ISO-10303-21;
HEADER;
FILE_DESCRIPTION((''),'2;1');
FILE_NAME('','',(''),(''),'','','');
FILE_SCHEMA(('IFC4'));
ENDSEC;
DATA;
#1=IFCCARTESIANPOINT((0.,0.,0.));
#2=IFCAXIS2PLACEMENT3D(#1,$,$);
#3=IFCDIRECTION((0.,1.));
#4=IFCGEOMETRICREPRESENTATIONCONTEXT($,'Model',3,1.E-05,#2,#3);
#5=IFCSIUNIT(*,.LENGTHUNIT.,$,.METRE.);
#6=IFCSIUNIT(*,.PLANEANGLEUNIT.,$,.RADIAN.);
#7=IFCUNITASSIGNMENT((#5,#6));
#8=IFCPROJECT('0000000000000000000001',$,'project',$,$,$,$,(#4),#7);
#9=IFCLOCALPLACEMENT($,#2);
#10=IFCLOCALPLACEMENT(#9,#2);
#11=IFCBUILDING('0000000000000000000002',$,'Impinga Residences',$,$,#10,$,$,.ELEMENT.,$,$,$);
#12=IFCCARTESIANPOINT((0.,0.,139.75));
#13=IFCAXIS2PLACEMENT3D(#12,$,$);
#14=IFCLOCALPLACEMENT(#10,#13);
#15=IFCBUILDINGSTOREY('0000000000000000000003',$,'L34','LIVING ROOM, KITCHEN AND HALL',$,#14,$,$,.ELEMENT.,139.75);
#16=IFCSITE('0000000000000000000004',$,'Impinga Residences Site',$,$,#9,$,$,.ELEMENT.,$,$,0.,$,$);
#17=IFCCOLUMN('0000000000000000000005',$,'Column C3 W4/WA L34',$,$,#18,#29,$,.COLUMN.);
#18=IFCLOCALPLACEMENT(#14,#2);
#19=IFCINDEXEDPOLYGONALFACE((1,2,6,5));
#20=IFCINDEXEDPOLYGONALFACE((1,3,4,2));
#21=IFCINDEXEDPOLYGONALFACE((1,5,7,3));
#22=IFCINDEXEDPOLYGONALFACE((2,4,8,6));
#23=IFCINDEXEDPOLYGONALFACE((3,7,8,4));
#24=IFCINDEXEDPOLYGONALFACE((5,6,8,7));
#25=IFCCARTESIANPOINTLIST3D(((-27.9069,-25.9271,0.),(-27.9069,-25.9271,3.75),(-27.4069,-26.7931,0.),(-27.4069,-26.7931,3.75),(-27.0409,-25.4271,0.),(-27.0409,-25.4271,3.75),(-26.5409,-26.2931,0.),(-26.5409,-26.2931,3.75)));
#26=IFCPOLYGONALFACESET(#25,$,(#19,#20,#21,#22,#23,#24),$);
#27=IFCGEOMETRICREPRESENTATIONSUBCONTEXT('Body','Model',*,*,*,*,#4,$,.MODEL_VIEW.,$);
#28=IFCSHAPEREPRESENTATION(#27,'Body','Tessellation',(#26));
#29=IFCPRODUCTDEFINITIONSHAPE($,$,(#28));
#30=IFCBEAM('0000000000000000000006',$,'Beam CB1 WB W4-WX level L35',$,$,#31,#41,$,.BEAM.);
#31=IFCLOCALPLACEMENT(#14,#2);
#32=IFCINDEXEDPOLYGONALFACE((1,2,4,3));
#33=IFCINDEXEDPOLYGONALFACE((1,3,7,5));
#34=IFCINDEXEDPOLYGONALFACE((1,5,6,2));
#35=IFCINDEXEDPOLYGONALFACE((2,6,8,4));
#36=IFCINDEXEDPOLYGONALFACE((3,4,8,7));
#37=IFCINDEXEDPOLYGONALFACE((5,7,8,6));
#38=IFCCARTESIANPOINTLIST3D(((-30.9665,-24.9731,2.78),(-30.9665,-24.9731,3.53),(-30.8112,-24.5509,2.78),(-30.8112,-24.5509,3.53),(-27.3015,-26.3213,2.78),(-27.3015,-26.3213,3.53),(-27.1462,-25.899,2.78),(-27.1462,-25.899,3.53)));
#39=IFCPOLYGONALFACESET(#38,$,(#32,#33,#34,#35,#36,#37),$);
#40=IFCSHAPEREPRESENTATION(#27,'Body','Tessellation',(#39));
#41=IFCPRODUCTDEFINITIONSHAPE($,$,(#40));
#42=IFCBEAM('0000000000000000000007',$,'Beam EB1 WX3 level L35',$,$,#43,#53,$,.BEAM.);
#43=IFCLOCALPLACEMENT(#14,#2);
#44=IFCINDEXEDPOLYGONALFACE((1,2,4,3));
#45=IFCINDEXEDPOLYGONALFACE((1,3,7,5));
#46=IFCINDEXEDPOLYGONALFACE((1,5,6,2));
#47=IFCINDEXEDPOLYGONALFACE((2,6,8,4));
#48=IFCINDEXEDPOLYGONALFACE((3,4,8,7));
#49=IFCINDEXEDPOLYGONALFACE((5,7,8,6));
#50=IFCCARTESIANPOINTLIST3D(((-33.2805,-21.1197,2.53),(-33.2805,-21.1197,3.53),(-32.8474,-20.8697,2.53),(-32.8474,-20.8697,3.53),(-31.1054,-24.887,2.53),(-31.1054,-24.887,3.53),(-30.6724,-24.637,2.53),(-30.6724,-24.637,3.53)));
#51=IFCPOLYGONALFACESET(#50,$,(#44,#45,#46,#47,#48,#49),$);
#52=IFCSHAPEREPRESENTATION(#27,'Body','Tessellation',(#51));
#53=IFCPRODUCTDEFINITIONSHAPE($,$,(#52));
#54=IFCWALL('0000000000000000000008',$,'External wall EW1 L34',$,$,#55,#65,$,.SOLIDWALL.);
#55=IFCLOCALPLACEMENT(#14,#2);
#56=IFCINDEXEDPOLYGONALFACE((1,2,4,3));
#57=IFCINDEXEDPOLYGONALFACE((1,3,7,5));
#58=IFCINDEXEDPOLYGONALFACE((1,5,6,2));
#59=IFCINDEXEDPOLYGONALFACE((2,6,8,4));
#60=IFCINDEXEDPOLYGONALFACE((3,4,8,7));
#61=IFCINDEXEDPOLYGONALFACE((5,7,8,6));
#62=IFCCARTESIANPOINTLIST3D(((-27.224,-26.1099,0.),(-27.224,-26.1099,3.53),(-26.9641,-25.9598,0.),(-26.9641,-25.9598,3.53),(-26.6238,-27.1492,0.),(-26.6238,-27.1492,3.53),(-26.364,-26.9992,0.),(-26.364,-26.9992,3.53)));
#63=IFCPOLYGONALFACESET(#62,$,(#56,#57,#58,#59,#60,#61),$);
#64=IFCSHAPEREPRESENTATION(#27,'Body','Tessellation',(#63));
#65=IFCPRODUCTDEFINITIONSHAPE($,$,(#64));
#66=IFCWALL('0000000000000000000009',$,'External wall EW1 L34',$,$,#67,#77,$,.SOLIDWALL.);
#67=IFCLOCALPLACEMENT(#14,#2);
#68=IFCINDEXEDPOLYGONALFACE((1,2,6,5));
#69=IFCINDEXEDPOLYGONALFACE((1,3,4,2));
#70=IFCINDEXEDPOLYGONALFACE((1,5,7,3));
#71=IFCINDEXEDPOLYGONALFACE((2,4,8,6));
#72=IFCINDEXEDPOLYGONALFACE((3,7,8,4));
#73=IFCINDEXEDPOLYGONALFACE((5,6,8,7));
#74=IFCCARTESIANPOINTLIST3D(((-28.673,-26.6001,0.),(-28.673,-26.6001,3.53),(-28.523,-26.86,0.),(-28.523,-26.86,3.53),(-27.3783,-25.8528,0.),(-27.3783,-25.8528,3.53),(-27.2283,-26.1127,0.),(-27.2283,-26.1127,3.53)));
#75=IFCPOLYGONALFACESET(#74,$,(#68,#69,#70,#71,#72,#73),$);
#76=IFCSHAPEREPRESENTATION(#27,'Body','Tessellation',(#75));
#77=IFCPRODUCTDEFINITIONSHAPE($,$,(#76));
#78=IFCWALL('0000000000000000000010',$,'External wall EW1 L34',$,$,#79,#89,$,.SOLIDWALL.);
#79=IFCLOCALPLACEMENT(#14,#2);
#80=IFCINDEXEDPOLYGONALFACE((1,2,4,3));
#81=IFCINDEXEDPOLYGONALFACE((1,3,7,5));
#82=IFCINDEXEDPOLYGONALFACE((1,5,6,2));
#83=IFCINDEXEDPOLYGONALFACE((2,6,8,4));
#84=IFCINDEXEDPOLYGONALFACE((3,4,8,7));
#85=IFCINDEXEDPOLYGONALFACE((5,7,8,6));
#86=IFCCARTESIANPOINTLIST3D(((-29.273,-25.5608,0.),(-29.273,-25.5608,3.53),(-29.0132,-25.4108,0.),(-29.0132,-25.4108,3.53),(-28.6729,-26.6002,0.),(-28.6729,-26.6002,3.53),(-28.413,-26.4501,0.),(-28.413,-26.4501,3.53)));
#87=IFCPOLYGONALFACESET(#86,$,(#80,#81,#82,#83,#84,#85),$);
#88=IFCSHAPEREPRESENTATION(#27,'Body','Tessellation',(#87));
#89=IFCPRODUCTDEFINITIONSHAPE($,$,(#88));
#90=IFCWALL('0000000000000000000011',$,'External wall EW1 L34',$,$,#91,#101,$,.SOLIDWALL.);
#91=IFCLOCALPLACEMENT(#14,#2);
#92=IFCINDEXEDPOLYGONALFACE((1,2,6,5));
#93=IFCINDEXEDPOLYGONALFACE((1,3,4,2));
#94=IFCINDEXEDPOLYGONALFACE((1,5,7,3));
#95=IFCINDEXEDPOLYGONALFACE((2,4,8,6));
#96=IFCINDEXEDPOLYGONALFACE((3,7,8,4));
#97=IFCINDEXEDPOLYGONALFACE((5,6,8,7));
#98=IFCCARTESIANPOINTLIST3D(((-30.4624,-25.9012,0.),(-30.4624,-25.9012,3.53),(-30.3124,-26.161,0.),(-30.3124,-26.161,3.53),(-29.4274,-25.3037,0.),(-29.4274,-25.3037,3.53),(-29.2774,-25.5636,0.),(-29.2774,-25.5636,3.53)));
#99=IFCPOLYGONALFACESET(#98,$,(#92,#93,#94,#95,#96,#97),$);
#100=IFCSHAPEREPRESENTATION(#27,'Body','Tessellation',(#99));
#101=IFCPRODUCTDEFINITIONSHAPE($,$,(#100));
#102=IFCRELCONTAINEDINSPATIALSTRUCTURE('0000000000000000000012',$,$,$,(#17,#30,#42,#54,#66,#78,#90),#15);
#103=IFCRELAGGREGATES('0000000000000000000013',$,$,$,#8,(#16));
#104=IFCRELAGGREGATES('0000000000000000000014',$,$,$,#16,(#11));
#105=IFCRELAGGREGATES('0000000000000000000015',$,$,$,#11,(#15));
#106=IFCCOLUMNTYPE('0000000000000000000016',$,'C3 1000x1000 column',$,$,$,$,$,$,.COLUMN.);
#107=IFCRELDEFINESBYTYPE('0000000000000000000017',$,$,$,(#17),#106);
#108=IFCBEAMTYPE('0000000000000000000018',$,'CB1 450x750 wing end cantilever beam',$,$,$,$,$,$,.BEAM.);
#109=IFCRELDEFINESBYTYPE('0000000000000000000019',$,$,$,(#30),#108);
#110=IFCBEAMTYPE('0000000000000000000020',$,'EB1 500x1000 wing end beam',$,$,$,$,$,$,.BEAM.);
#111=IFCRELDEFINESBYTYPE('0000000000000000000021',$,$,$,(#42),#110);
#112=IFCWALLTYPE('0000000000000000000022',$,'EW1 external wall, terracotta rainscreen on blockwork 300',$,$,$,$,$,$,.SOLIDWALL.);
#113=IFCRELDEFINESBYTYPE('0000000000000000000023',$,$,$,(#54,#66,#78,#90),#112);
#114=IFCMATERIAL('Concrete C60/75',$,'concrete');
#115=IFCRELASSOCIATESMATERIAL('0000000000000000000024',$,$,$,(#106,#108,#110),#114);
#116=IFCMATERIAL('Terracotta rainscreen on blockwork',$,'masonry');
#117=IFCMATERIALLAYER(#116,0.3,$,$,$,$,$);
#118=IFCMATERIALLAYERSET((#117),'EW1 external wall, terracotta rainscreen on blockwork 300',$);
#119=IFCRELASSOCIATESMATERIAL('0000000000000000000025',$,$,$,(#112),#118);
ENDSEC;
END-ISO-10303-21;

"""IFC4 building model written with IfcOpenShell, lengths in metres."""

from ifc_helpers import new_model, si_unit, direction, frame, frame_2d, origin, origin_2d, place, context, subcontext, project, spatial, rectangle, extrude, material, layer, layer_set, material_profile, profile_set, type_object, element, save


model = new_model("IFC4")

# Units and contexts
model_context = context("Model", 3, precision=1e-05, world=origin(), true_north=direction((0.0, 1.0)))
body_context = subcontext(model_context, "Body", "Model", "MODEL_VIEW")
ifc_project = project(units=[si_unit("LENGTHUNIT", "METRE"), si_unit("PLANEANGLEUNIT", "RADIAN")], contexts=[model_context])

# Site, building, storey
site_placement = place(None, origin())
site = spatial("IfcSite", under=ifc_project, at=site_placement, Name="Impinga Residences Site", CompositionType="ELEMENT", RefElevation=0.0)
building_placement = place(site_placement, origin())
building = spatial("IfcBuilding", under=site, at=building_placement, Name="Impinga Residences", CompositionType="ELEMENT")
storey_placement = place(building_placement, frame((0.0, 0.0, 139.75)))
storey = spatial("IfcBuildingStorey", under=building, at=storey_placement, Name="L34", Description="LIVING ROOM, KITCHEN AND HALL", CompositionType="ELEMENT", Elevation=139.75)

# Column
ifc_material_1 = material(Name="Concrete C60/75", Category="concrete")
ifc_material_profile_1 = material_profile(ifc_material_1, rectangle(XDim=1.0, YDim=1.0, at=origin_2d()), Name="RC 1000x1000")
ifc_profile_set_1 = profile_set([ifc_material_profile_1], Name="Concrete C60/75")
column_type = type_object("IfcColumnType", Name="C3 1000x1000 column", PredefinedType="COLUMN", material=ifc_profile_set_1)
column_placement = place(storey_placement, frame((-27.2239, -26.1101, 0.0), z_axis=(0.0, 0.0, 1.0), x_axis=(-0.5, 0.866025, 0.0)))
element("IfcColumn", 1, at=column_placement, inside=storey, type_object=column_type, Name="Column C3 W4/WA L34", PredefinedType="COLUMN", context=body_context, shape_type="SweptSolid", body=[
    extrude(rectangle(XDim=1.0, YDim=1.0, at=origin_2d()), origin(), (0.0, 0.0, 1.0), 3.75),
])

# Beams
ifc_material_profile_2 = material_profile(ifc_material_1, rectangle(XDim=0.45, YDim=0.75, at=origin_2d()), Name="RC 450x750")
ifc_profile_set_2 = profile_set([ifc_material_profile_2], Name="Concrete C60/75")
beam_type_1 = type_object("IfcBeamType", Name="CB1 450x750 wing end cantilever beam", PredefinedType="BEAM", material=ifc_profile_set_2)
beam_1_placement = place(storey_placement, frame((-27.2239, -26.1101, 3.155), z_axis=(-0.93852, 0.345224, 0.0), x_axis=(-0.345224, -0.93852, 0.0)))
element("IfcBeam", 2, at=beam_1_placement, inside=storey, type_object=beam_type_1, Name="Beam CB1 WB W4-WX level L35", PredefinedType="BEAM", context=body_context, shape_type="SweptSolid", body=[
    extrude(rectangle(XDim=0.45, YDim=0.75, at=origin_2d()), origin(), (0.0, 0.0, 1.0), 3.905),
])
ifc_material_profile_3 = material_profile(ifc_material_1, rectangle(XDim=0.5, YDim=1.0, at=origin_2d()), Name="RC 500x1000")
ifc_profile_set_3 = profile_set([ifc_material_profile_3], Name="Concrete C60/75")
beam_type_2 = type_object("IfcBeamType", Name="EB1 500x1000 wing end beam", PredefinedType="BEAM", material=ifc_profile_set_3)
beam_2_placement = place(storey_placement, frame((-30.8889, -24.762, 3.03), z_axis=(-0.499996, 0.866028, 0.0), x_axis=(-0.866028, -0.499996, 0.0)))
element("IfcBeam", 3, at=beam_2_placement, inside=storey, type_object=beam_type_2, Name="Beam EB1 WX3 level L35", PredefinedType="BEAM", context=body_context, shape_type="SweptSolid", body=[
    extrude(rectangle(XDim=0.5, YDim=1.0, at=origin_2d()), origin(), (0.0, 0.0, 1.0), 4.3501),
])

# Walls
ifc_material_2 = material(Name="Terracotta rainscreen on blockwork", Category="masonry")
ifc_layer_1 = layer(ifc_material_2, 0.3)
ifc_layer_set_1 = layer_set([ifc_layer_1], Name="EW1 external wall, terracotta rainscreen on blockwork 300")
wall_type_1 = type_object("IfcWallType", Name="EW1 external wall, terracotta rainscreen on blockwork 300", PredefinedType="SOLIDWALL", material=ifc_layer_set_1)
wall_1_placement = place(storey_placement, frame((-26.4939, -27.0742, 0.0), z_axis=(0.0, 0.0, 1.0), x_axis=(-0.500034, 0.866006, 0.0)))
element("IfcWall", 4, at=wall_1_placement, inside=storey, type_object=wall_type_1, Name="External wall EW1 L34", PredefinedType="SOLIDWALL", context=body_context, shape_type="SweptSolid", body=[
    extrude(rectangle(XDim=1.2002, YDim=0.3, at=frame_2d((0.6001, 0.0))), origin(), (0.0, 0.0, 1.0), 3.53),
])
wall_2_placement = place(storey_placement, frame((-27.3032, -25.9827, 0.0), z_axis=(0.0, 0.0, 1.0), x_axis=(-0.866074, -0.499916, 0.0)))
element("IfcWall", 5, at=wall_2_placement, inside=storey, type_object=wall_type_1, Name="External wall EW1 L34", PredefinedType="SOLIDWALL", context=body_context, shape_type="SweptSolid", body=[
    extrude(rectangle(XDim=1.4949, YDim=0.3, at=frame_2d((0.7476, 0.0))), origin(), (0.0, 0.0, 1.0), 3.53),
])
wall_3_placement = place(storey_placement, frame((-28.543, -26.5251, 0.0), z_axis=(0.0, 0.0, 1.0), x_axis=(-0.500034, 0.866006, 0.0)))
element("IfcWall", 6, at=wall_3_placement, inside=storey, type_object=wall_type_1, Name="External wall EW1 L34", PredefinedType="SOLIDWALL", context=body_context, shape_type="SweptSolid", body=[
    extrude(rectangle(XDim=1.2002, YDim=0.3, at=frame_2d((0.6001, 0.0))), origin(), (0.0, 0.0, 1.0), 3.53),
])
wall_4_placement = place(storey_placement, frame((-29.3523, -25.4336, 0.0), z_axis=(0.0, 0.0, 1.0), x_axis=(-0.86606, -0.499941, 0.0)))
element("IfcWall", 7, at=wall_4_placement, inside=storey, type_object=wall_type_1, Name="External wall EW1 L34", PredefinedType="SOLIDWALL", context=body_context, shape_type="SweptSolid", body=[
    extrude(rectangle(XDim=1.1951, YDim=0.3, at=frame_2d((0.5977, 0.0))), origin(), (0.0, 0.0, 1.0), 3.53),
])

save(model, "model.ifc")
